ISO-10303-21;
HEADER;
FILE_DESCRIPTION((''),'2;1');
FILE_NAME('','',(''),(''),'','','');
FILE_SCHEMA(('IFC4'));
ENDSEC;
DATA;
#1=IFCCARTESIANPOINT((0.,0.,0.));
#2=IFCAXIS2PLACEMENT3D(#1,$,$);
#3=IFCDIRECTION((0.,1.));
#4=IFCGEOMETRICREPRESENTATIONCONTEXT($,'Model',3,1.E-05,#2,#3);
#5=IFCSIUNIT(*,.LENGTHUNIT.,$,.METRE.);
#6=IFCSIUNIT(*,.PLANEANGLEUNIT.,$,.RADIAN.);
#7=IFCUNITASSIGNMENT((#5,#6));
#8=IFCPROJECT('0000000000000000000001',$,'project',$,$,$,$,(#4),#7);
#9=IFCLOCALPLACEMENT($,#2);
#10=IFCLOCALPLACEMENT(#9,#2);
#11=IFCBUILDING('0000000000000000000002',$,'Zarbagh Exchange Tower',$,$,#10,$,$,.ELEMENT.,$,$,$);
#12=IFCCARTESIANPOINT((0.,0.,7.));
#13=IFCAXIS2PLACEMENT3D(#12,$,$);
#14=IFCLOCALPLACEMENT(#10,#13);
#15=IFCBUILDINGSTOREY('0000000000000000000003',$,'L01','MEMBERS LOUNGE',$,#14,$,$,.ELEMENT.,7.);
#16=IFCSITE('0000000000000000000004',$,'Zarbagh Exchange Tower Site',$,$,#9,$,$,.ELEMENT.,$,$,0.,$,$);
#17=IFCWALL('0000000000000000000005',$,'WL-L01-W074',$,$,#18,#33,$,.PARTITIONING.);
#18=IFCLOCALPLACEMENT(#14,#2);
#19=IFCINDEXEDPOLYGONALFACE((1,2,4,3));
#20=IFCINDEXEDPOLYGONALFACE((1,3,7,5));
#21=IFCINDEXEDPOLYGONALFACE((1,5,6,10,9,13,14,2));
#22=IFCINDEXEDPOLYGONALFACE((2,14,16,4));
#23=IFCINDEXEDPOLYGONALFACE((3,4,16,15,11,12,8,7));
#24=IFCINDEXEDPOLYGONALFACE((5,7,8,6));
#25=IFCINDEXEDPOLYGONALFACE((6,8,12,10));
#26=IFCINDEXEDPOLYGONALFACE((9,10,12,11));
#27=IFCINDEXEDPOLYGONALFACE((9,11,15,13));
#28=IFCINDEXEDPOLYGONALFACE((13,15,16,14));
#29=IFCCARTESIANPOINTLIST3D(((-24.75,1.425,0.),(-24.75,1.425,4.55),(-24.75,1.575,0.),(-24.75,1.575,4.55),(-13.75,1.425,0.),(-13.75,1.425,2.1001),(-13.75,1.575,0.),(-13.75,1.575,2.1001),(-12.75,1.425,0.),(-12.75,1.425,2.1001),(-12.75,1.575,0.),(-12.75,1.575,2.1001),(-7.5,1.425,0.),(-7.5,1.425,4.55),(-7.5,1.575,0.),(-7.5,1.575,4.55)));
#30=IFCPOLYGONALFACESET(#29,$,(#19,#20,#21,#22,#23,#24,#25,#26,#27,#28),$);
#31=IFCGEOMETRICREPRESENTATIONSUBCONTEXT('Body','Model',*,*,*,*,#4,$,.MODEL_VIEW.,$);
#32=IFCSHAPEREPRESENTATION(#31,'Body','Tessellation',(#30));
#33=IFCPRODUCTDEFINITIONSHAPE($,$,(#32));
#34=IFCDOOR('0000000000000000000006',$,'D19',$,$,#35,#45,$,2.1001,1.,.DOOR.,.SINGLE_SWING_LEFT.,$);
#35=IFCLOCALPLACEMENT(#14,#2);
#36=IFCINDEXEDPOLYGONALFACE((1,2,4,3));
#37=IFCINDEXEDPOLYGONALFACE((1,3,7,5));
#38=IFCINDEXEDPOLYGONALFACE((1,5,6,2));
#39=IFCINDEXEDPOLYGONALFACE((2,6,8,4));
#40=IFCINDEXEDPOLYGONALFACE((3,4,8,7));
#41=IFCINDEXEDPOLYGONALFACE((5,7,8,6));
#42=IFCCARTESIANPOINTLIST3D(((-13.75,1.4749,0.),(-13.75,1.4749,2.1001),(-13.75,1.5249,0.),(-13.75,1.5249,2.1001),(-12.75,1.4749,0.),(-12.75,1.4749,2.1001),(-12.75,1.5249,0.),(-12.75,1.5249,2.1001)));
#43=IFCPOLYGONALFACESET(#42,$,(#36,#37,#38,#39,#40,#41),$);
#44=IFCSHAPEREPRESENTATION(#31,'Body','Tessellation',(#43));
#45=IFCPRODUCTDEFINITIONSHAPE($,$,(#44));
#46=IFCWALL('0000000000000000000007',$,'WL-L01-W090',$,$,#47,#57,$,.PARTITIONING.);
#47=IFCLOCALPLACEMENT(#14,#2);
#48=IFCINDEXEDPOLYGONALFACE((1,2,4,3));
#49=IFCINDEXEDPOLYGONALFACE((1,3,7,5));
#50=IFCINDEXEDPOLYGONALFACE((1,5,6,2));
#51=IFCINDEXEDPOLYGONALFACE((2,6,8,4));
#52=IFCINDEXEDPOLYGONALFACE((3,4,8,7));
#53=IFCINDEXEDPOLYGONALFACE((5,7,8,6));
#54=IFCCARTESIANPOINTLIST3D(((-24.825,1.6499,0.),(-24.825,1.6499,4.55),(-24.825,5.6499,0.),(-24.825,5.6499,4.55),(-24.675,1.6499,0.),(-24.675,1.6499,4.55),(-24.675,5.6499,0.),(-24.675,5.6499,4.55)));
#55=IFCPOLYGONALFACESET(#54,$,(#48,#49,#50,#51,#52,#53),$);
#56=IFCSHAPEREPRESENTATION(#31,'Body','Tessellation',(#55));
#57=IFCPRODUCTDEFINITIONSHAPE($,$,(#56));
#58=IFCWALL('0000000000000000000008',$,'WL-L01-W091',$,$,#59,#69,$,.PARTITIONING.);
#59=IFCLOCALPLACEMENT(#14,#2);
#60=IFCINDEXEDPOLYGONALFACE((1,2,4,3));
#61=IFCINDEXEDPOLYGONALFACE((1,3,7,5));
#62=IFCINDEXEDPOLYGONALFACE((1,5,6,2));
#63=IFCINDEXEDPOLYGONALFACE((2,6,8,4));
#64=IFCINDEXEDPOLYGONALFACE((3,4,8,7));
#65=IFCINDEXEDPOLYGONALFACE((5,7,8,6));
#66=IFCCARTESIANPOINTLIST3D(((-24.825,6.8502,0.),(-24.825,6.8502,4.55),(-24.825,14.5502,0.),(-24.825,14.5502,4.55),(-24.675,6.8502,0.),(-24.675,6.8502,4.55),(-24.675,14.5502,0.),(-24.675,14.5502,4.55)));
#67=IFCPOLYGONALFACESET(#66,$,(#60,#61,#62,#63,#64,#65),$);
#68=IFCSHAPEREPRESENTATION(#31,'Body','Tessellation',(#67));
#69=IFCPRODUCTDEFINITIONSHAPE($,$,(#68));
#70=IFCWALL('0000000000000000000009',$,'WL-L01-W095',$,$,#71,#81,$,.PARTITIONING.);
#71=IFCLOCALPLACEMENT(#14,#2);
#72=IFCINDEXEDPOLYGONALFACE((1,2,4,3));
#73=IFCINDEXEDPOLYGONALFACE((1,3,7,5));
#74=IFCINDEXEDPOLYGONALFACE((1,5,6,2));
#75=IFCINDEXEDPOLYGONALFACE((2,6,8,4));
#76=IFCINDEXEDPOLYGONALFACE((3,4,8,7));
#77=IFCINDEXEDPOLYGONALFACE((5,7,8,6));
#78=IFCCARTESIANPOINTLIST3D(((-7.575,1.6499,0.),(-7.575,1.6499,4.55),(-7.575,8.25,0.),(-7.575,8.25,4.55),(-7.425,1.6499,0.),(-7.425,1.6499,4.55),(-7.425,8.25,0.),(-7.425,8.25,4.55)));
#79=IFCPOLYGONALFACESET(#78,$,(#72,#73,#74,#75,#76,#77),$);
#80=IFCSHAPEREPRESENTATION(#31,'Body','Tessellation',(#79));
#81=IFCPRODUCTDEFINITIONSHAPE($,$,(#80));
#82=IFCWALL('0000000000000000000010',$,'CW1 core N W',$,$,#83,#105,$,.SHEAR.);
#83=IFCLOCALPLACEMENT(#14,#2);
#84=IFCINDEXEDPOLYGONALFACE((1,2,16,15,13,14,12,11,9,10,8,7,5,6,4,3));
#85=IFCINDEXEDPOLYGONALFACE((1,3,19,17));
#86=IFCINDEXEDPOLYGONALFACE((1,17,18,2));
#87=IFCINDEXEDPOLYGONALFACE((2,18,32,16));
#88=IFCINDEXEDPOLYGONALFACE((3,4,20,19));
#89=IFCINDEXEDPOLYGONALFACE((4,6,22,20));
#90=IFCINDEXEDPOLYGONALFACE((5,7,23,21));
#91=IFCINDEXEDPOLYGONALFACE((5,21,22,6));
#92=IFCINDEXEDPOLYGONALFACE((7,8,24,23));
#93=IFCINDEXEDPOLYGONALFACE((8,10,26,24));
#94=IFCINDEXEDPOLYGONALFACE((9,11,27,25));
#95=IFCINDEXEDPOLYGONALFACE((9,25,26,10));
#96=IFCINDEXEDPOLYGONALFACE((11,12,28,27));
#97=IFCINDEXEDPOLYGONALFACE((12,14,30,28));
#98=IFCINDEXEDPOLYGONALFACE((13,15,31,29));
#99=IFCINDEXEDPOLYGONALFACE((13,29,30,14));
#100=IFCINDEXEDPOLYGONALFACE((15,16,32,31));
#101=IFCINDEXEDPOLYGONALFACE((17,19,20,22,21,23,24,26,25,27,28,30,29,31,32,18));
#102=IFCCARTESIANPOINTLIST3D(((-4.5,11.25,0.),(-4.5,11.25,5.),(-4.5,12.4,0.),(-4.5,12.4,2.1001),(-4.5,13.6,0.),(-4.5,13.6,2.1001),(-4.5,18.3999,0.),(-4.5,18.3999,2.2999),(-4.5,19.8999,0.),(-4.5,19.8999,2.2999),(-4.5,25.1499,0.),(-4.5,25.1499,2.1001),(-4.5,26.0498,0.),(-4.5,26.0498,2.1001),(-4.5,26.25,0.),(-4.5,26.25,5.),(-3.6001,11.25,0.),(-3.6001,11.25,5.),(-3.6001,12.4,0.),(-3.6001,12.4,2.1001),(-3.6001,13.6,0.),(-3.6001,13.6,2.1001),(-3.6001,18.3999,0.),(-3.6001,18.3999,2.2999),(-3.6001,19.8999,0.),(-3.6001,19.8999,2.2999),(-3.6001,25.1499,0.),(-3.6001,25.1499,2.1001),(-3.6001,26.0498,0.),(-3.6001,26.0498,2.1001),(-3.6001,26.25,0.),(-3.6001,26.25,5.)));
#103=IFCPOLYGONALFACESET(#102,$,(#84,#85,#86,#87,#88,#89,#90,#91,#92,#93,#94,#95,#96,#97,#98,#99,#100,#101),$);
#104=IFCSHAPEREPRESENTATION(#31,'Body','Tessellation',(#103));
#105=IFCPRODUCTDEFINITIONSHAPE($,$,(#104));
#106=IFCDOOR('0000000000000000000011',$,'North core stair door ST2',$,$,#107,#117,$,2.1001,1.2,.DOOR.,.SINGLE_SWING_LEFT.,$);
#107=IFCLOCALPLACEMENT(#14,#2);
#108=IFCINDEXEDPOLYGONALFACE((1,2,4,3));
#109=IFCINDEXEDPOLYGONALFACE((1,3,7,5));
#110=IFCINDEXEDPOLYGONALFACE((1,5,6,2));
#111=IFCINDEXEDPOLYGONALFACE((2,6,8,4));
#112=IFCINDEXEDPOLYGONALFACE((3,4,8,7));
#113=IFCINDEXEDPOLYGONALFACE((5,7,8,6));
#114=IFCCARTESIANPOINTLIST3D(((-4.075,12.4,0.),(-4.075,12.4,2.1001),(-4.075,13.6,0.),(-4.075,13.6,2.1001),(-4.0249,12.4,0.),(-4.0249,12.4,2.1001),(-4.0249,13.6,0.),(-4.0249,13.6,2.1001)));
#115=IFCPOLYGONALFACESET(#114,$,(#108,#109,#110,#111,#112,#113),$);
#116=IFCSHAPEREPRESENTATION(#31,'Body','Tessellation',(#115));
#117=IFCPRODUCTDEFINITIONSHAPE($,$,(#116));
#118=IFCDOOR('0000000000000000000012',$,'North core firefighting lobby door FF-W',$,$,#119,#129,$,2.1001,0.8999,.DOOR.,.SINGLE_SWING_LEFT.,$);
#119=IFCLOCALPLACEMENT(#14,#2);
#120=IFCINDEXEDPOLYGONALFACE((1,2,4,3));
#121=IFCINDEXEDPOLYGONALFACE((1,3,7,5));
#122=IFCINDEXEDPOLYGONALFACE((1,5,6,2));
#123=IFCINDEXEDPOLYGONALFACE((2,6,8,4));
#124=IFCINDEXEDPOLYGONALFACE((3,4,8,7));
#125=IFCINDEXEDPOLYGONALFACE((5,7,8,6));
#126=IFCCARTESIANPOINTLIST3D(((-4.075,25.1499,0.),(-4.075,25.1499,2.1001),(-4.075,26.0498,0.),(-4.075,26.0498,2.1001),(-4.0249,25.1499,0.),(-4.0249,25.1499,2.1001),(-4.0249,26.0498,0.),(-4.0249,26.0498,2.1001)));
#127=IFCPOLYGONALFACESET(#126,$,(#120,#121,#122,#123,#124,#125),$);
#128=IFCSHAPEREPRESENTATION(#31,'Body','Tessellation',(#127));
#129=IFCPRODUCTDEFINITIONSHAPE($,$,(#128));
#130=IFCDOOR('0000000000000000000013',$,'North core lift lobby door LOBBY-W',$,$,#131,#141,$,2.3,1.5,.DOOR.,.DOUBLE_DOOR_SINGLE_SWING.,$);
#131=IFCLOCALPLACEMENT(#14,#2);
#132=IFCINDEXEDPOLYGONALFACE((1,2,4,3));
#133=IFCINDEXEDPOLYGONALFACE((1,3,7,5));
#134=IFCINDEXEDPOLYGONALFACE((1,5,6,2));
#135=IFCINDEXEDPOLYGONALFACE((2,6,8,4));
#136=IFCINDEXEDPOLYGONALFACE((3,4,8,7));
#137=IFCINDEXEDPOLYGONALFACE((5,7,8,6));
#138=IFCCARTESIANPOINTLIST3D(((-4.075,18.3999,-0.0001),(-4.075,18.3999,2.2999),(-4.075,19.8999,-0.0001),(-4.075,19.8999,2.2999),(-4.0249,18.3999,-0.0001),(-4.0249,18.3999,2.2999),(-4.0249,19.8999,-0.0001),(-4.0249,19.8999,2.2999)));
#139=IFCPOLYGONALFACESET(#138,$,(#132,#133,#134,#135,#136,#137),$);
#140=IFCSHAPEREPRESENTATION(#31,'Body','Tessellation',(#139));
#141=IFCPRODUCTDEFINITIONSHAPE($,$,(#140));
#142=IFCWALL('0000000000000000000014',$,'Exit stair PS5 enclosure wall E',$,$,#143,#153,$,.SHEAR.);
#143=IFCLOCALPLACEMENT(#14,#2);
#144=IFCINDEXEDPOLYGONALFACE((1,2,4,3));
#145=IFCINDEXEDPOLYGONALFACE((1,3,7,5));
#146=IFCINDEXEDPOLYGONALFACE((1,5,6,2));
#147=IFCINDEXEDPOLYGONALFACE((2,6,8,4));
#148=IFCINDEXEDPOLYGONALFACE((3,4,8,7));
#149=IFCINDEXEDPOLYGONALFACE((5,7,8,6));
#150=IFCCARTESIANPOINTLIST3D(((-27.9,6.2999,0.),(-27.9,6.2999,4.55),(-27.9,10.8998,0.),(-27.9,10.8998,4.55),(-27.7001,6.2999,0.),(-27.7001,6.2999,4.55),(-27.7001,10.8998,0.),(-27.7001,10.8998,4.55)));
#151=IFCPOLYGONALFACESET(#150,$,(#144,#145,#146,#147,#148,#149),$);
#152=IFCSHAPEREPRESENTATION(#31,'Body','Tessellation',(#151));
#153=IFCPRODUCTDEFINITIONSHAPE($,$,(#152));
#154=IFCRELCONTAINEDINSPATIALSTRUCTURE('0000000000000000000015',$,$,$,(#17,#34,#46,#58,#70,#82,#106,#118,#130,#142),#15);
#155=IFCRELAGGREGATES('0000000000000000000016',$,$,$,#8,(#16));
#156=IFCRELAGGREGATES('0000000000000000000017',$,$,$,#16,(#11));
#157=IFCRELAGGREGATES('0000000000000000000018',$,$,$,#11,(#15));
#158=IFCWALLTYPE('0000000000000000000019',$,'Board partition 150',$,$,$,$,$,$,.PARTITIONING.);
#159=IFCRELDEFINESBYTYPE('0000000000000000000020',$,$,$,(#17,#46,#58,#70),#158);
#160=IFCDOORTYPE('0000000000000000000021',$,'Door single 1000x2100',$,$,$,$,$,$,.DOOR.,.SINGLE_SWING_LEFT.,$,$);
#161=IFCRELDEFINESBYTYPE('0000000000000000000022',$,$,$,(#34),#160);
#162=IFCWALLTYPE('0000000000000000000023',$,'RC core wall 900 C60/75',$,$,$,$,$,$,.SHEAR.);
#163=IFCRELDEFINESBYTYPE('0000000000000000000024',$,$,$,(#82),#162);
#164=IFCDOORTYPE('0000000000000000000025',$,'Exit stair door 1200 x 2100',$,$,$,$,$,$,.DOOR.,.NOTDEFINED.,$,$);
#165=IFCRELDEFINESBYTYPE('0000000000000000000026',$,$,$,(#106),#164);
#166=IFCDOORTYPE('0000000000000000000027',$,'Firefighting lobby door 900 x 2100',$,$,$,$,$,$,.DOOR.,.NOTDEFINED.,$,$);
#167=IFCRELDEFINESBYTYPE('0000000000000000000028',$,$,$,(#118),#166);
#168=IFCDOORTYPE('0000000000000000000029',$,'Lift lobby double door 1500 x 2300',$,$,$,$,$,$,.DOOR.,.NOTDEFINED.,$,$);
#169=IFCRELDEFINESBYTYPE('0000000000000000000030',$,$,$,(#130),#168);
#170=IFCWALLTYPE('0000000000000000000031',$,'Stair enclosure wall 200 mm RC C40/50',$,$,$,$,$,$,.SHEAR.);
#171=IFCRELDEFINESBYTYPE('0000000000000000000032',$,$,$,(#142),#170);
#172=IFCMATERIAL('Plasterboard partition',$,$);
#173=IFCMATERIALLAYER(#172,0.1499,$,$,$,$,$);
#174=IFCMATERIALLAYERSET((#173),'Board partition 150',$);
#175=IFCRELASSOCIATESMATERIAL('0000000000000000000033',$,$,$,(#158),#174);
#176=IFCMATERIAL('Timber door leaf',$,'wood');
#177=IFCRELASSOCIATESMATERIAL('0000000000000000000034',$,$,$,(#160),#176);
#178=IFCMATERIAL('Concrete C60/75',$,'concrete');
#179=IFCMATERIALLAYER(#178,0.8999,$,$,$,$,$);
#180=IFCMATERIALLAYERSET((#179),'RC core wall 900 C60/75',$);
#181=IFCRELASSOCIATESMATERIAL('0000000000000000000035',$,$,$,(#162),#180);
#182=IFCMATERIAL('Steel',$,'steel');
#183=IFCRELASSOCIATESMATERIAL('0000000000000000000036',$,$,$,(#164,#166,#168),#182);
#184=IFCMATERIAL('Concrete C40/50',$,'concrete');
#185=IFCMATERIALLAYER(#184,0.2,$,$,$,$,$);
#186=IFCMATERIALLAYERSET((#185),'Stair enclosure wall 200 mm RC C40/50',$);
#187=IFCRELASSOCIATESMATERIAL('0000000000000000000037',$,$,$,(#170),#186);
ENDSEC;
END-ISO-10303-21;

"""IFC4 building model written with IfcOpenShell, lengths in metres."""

from ifc_helpers import new_model, si_unit, direction, frame, frame_2d, origin, place, context, subcontext, project, spatial, rectangle, extrude, material, layer, layer_set, type_object, element, fill, save


model = new_model("IFC4")

# Units and contexts
model_context = context("Model", 3, precision=1e-05, world=origin(), true_north=direction((0.0, 1.0)))
body_context = subcontext(model_context, "Body", "Model", "MODEL_VIEW")
ifc_project = project(units=[si_unit("LENGTHUNIT", "METRE"), si_unit("PLANEANGLEUNIT", "RADIAN")], contexts=[model_context])

# Site, building, storey
site_placement = place(None, origin())
site = spatial("IfcSite", under=ifc_project, at=site_placement, Name="Zarbagh Exchange Tower Site", CompositionType="ELEMENT", RefElevation=0.0)
building_placement = place(site_placement, origin())
building = spatial("IfcBuilding", under=site, at=building_placement, Name="Zarbagh Exchange Tower", CompositionType="ELEMENT")
storey_placement = place(building_placement, frame((0.0, 0.0, 7.0)))
storey = spatial("IfcBuildingStorey", under=building, at=storey_placement, Name="L01", Description="MEMBERS LOUNGE", CompositionType="ELEMENT", Elevation=7.0)

# Shared definitions
ifc_material_1 = material(Name="Concrete C60/75", Category="concrete")

# Shared definitions
ifc_material_2 = material(Name="Plasterboard partition")
ifc_layer_1 = layer(ifc_material_2, 0.1499)
ifc_layer_set_1 = layer_set([ifc_layer_1], Name="Board partition 150")
wall_type_1 = type_object("IfcWallType", Name="Board partition 150", PredefinedType="PARTITIONING", material=ifc_layer_set_1)

# Wall, opening, door
ifc_material_3 = material(Name="Timber door leaf", Category="wood")
door_type_1 = type_object("IfcDoorType", Name="Door single 1000x2100", OperationType="SINGLE_SWING_LEFT", PredefinedType="DOOR", material=ifc_material_3)
wall_1_placement = place(storey_placement, frame((-24.75, 1.5, 0.0), z_axis=(0.0, 0.0, 1.0), x_axis=(1.0, 0.0, 0.0)))
wall_1 = element("IfcWall", 1, at=wall_1_placement, inside=storey, type_object=wall_type_1, Name="WL-L01-W074", PredefinedType="PARTITIONING", context=body_context, shape_type="SweptSolid", body=[
    extrude(rectangle(XDim=17.25, YDim=0.1499, at=frame_2d((8.625, 0.0))), origin(), (0.0, 0.0, 1.0), 4.55),
])
opening_1_placement = place(wall_1_placement, frame((11.0, 0.0, 0.0)))
opening_1 = element("IfcOpeningElement", 2, at=opening_1_placement, cuts=wall_1, PredefinedType="OPENING", context=body_context, shape_type="SweptSolid", body=[
    extrude(rectangle(XDim=1.0, YDim=2.1001, at=frame_2d((0.5, 1.05))), frame((0.0, 0.085, 0.0), z_axis=(0.0, -1.0, 0.0), x_axis=(1.0, 0.0, 0.0)), (0.0, 0.0, 1.0), 0.1699),
])
door_1_placement = place(opening_1_placement, origin())
door_1 = element("IfcDoor", 3, at=door_1_placement, inside=storey, type_object=door_type_1, Name="D19", OperationType="SINGLE_SWING_LEFT", OverallHeight=2.1001, OverallWidth=1.0, PredefinedType="DOOR", context=body_context, shape_type="SweptSolid", body=[
    extrude(rectangle(XDim=1.0, YDim=2.1001, at=frame_2d((0.5, 1.05))), frame((0.0, 0.0249, 0.0), z_axis=(0.0, -1.0, 0.0), x_axis=(1.0, 0.0, 0.0)), (0.0, 0.0, 1.0), 0.05),
])
fill(opening_1, door_1)

# Walls
wall_2_placement = place(storey_placement, frame((-24.75, 1.6499, 0.0), z_axis=(0.0, 0.0, 1.0), x_axis=(0.0, 1.0, 0.0)))
element("IfcWall", 4, at=wall_2_placement, inside=storey, type_object=wall_type_1, Name="WL-L01-W090", PredefinedType="PARTITIONING", context=body_context, shape_type="SweptSolid", body=[
    extrude(rectangle(XDim=4.0, YDim=0.1499, at=frame_2d((2.0, 0.0))), origin(), (0.0, 0.0, 1.0), 4.55),
])
wall_3_placement = place(storey_placement, frame((-24.75, 6.8501, 0.0), z_axis=(0.0, 0.0, 1.0), x_axis=(0.0, 1.0, 0.0)))
element("IfcWall", 5, at=wall_3_placement, inside=storey, type_object=wall_type_1, Name="WL-L01-W091", PredefinedType="PARTITIONING", context=body_context, shape_type="SweptSolid", body=[
    extrude(rectangle(XDim=7.7, YDim=0.1499, at=frame_2d((3.8501, 0.0))), origin(), (0.0, 0.0, 1.0), 4.55),
])
wall_4_placement = place(storey_placement, frame((-7.5, 8.25, 0.0), z_axis=(0.0, 0.0, 1.0), x_axis=(0.0, -1.0, 0.0)))
element("IfcWall", 6, at=wall_4_placement, inside=storey, type_object=wall_type_1, Name="WL-L01-W095", PredefinedType="PARTITIONING", context=body_context, shape_type="SweptSolid", body=[
    extrude(rectangle(XDim=6.6001, YDim=0.1499, at=frame_2d((3.3, 0.0))), origin(), (0.0, 0.0, 1.0), 4.55),
])

# Wall, openings, doors
ifc_layer_2 = layer(ifc_material_1, 0.8999)
ifc_layer_set_2 = layer_set([ifc_layer_2], Name="RC core wall 900 C60/75")
wall_type_2 = type_object("IfcWallType", Name="RC core wall 900 C60/75", PredefinedType="SHEAR", material=ifc_layer_set_2)
wall_5_placement = place(storey_placement, frame((-4.05, 11.25, 0.0), z_axis=(0.0, 0.0, 1.0), x_axis=(0.0, 1.0, 0.0)))
wall_5 = element("IfcWall", 7, at=wall_5_placement, inside=storey, type_object=wall_type_2, Name="CW1 core N W", PredefinedType="SHEAR", context=body_context, shape_type="SweptSolid", body=[
    extrude(rectangle(XDim=15.0, YDim=0.8999, at=frame_2d((7.5, 0.0))), origin(), (0.0, 0.0, 1.0), 5.0),
])
opening_2_placement = place(wall_5_placement, frame((7.1499, 0.0, 0.0)))
opening_2 = element("IfcOpeningElement", 8, at=opening_2_placement, cuts=wall_5, PredefinedType="OPENING", context=body_context, shape_type="SweptSolid", body=[
    extrude(rectangle(XDim=1.5, YDim=2.3, at=frame_2d((0.75, 1.1499))), frame((0.0, 0.46, 0.0), z_axis=(0.0, -1.0, 0.0), x_axis=(1.0, 0.0, 0.0)), (0.0, 0.0, 1.0), 0.9199),
])
opening_3_placement = place(wall_5_placement, frame((13.8999, 0.0, 0.0)))
opening_3 = element("IfcOpeningElement", 9, at=opening_3_placement, cuts=wall_5, PredefinedType="OPENING", context=body_context, shape_type="SweptSolid", body=[
    extrude(rectangle(XDim=0.8999, YDim=2.1001, at=frame_2d((0.45, 1.05))), frame((0.0, 0.46, 0.0), z_axis=(0.0, -1.0, 0.0), x_axis=(1.0, 0.0, 0.0)), (0.0, 0.0, 1.0), 0.9199),
])
opening_4_placement = place(wall_5_placement, frame((1.1499, 0.0, 0.0)))
opening_4 = element("IfcOpeningElement", 10, at=opening_4_placement, cuts=wall_5, PredefinedType="OPENING", context=body_context, shape_type="SweptSolid", body=[
    extrude(rectangle(XDim=1.2, YDim=2.1001, at=frame_2d((0.6001, 1.05))), frame((0.0, 0.46, 0.0), z_axis=(0.0, -1.0, 0.0), x_axis=(1.0, 0.0, 0.0)), (0.0, 0.0, 1.0), 0.9199),
])
ifc_material_4 = material(Name="Steel", Category="steel")
door_type_2 = type_object("IfcDoorType", Name="Exit stair door 1200 x 2100", OperationType="NOTDEFINED", PredefinedType="DOOR", material=ifc_material_4)
door_2_placement = place(opening_4_placement, origin())
door_2 = element("IfcDoor", 11, at=door_2_placement, inside=storey, type_object=door_type_2, Name="North core stair door ST2", OperationType="SINGLE_SWING_LEFT", OverallHeight=2.1001, OverallWidth=1.2, PredefinedType="DOOR", context=body_context, shape_type="SweptSolid", body=[
    extrude(rectangle(XDim=1.2, YDim=2.1001, at=frame_2d((0.6001, 1.05))), frame((0.0, 0.0249, 0.0), z_axis=(0.0, -1.0, 0.0), x_axis=(1.0, 0.0, 0.0)), (0.0, 0.0, 1.0), 0.05),
])
fill(opening_4, door_2)
door_type_3 = type_object("IfcDoorType", Name="Firefighting lobby door 900 x 2100", OperationType="NOTDEFINED", PredefinedType="DOOR", material=ifc_material_4)
door_3_placement = place(opening_3_placement, origin())
door_3 = element("IfcDoor", 12, at=door_3_placement, inside=storey, type_object=door_type_3, Name="North core firefighting lobby door FF-W", OperationType="SINGLE_SWING_LEFT", OverallHeight=2.1001, OverallWidth=0.8999, PredefinedType="DOOR", context=body_context, shape_type="SweptSolid", body=[
    extrude(rectangle(XDim=0.8999, YDim=2.1001, at=frame_2d((0.45, 1.05))), frame((0.0, 0.0249, 0.0), z_axis=(0.0, -1.0, 0.0), x_axis=(1.0, 0.0, 0.0)), (0.0, 0.0, 1.0), 0.05),
])
fill(opening_3, door_3)
door_type_4 = type_object("IfcDoorType", Name="Lift lobby double door 1500 x 2300", OperationType="NOTDEFINED", PredefinedType="DOOR", material=ifc_material_4)
door_4_placement = place(opening_2_placement, origin())
door_4 = element("IfcDoor", 13, at=door_4_placement, inside=storey, type_object=door_type_4, Name="North core lift lobby door LOBBY-W", OperationType="DOUBLE_DOOR_SINGLE_SWING", OverallHeight=2.3, OverallWidth=1.5, PredefinedType="DOOR", context=body_context, shape_type="SweptSolid", body=[
    extrude(rectangle(XDim=1.5, YDim=2.3, at=frame_2d((0.75, 1.1499))), frame((0.0, 0.0249, 0.0), z_axis=(0.0, -1.0, 0.0), x_axis=(1.0, 0.0, 0.0)), (0.0, 0.0, 1.0), 0.05),
])
fill(opening_2, door_4)

# Wall
ifc_material_5 = material(Name="Concrete C40/50", Category="concrete")
ifc_layer_3 = layer(ifc_material_5, 0.2)
ifc_layer_set_3 = layer_set([ifc_layer_3], Name="Stair enclosure wall 200 mm RC C40/50")
wall_type_3 = type_object("IfcWallType", Name="Stair enclosure wall 200 mm RC C40/50", PredefinedType="SHEAR", material=ifc_layer_set_3)
wall_6_placement = place(storey_placement, frame((-27.8, 6.3, 0.0), z_axis=(0.0, 0.0, 1.0), x_axis=(0.0, 1.0, 0.0)))
element("IfcWall", 14, at=wall_6_placement, inside=storey, type_object=wall_type_3, Name="Exit stair PS5 enclosure wall E", PredefinedType="SHEAR", context=body_context, shape_type="SweptSolid", body=[
    extrude(rectangle(XDim=4.5999, YDim=0.2, at=frame_2d((2.2998, 0.0))), origin(), (0.0, 0.0, 1.0), 4.55),
])

save(model, "model.ifc")
